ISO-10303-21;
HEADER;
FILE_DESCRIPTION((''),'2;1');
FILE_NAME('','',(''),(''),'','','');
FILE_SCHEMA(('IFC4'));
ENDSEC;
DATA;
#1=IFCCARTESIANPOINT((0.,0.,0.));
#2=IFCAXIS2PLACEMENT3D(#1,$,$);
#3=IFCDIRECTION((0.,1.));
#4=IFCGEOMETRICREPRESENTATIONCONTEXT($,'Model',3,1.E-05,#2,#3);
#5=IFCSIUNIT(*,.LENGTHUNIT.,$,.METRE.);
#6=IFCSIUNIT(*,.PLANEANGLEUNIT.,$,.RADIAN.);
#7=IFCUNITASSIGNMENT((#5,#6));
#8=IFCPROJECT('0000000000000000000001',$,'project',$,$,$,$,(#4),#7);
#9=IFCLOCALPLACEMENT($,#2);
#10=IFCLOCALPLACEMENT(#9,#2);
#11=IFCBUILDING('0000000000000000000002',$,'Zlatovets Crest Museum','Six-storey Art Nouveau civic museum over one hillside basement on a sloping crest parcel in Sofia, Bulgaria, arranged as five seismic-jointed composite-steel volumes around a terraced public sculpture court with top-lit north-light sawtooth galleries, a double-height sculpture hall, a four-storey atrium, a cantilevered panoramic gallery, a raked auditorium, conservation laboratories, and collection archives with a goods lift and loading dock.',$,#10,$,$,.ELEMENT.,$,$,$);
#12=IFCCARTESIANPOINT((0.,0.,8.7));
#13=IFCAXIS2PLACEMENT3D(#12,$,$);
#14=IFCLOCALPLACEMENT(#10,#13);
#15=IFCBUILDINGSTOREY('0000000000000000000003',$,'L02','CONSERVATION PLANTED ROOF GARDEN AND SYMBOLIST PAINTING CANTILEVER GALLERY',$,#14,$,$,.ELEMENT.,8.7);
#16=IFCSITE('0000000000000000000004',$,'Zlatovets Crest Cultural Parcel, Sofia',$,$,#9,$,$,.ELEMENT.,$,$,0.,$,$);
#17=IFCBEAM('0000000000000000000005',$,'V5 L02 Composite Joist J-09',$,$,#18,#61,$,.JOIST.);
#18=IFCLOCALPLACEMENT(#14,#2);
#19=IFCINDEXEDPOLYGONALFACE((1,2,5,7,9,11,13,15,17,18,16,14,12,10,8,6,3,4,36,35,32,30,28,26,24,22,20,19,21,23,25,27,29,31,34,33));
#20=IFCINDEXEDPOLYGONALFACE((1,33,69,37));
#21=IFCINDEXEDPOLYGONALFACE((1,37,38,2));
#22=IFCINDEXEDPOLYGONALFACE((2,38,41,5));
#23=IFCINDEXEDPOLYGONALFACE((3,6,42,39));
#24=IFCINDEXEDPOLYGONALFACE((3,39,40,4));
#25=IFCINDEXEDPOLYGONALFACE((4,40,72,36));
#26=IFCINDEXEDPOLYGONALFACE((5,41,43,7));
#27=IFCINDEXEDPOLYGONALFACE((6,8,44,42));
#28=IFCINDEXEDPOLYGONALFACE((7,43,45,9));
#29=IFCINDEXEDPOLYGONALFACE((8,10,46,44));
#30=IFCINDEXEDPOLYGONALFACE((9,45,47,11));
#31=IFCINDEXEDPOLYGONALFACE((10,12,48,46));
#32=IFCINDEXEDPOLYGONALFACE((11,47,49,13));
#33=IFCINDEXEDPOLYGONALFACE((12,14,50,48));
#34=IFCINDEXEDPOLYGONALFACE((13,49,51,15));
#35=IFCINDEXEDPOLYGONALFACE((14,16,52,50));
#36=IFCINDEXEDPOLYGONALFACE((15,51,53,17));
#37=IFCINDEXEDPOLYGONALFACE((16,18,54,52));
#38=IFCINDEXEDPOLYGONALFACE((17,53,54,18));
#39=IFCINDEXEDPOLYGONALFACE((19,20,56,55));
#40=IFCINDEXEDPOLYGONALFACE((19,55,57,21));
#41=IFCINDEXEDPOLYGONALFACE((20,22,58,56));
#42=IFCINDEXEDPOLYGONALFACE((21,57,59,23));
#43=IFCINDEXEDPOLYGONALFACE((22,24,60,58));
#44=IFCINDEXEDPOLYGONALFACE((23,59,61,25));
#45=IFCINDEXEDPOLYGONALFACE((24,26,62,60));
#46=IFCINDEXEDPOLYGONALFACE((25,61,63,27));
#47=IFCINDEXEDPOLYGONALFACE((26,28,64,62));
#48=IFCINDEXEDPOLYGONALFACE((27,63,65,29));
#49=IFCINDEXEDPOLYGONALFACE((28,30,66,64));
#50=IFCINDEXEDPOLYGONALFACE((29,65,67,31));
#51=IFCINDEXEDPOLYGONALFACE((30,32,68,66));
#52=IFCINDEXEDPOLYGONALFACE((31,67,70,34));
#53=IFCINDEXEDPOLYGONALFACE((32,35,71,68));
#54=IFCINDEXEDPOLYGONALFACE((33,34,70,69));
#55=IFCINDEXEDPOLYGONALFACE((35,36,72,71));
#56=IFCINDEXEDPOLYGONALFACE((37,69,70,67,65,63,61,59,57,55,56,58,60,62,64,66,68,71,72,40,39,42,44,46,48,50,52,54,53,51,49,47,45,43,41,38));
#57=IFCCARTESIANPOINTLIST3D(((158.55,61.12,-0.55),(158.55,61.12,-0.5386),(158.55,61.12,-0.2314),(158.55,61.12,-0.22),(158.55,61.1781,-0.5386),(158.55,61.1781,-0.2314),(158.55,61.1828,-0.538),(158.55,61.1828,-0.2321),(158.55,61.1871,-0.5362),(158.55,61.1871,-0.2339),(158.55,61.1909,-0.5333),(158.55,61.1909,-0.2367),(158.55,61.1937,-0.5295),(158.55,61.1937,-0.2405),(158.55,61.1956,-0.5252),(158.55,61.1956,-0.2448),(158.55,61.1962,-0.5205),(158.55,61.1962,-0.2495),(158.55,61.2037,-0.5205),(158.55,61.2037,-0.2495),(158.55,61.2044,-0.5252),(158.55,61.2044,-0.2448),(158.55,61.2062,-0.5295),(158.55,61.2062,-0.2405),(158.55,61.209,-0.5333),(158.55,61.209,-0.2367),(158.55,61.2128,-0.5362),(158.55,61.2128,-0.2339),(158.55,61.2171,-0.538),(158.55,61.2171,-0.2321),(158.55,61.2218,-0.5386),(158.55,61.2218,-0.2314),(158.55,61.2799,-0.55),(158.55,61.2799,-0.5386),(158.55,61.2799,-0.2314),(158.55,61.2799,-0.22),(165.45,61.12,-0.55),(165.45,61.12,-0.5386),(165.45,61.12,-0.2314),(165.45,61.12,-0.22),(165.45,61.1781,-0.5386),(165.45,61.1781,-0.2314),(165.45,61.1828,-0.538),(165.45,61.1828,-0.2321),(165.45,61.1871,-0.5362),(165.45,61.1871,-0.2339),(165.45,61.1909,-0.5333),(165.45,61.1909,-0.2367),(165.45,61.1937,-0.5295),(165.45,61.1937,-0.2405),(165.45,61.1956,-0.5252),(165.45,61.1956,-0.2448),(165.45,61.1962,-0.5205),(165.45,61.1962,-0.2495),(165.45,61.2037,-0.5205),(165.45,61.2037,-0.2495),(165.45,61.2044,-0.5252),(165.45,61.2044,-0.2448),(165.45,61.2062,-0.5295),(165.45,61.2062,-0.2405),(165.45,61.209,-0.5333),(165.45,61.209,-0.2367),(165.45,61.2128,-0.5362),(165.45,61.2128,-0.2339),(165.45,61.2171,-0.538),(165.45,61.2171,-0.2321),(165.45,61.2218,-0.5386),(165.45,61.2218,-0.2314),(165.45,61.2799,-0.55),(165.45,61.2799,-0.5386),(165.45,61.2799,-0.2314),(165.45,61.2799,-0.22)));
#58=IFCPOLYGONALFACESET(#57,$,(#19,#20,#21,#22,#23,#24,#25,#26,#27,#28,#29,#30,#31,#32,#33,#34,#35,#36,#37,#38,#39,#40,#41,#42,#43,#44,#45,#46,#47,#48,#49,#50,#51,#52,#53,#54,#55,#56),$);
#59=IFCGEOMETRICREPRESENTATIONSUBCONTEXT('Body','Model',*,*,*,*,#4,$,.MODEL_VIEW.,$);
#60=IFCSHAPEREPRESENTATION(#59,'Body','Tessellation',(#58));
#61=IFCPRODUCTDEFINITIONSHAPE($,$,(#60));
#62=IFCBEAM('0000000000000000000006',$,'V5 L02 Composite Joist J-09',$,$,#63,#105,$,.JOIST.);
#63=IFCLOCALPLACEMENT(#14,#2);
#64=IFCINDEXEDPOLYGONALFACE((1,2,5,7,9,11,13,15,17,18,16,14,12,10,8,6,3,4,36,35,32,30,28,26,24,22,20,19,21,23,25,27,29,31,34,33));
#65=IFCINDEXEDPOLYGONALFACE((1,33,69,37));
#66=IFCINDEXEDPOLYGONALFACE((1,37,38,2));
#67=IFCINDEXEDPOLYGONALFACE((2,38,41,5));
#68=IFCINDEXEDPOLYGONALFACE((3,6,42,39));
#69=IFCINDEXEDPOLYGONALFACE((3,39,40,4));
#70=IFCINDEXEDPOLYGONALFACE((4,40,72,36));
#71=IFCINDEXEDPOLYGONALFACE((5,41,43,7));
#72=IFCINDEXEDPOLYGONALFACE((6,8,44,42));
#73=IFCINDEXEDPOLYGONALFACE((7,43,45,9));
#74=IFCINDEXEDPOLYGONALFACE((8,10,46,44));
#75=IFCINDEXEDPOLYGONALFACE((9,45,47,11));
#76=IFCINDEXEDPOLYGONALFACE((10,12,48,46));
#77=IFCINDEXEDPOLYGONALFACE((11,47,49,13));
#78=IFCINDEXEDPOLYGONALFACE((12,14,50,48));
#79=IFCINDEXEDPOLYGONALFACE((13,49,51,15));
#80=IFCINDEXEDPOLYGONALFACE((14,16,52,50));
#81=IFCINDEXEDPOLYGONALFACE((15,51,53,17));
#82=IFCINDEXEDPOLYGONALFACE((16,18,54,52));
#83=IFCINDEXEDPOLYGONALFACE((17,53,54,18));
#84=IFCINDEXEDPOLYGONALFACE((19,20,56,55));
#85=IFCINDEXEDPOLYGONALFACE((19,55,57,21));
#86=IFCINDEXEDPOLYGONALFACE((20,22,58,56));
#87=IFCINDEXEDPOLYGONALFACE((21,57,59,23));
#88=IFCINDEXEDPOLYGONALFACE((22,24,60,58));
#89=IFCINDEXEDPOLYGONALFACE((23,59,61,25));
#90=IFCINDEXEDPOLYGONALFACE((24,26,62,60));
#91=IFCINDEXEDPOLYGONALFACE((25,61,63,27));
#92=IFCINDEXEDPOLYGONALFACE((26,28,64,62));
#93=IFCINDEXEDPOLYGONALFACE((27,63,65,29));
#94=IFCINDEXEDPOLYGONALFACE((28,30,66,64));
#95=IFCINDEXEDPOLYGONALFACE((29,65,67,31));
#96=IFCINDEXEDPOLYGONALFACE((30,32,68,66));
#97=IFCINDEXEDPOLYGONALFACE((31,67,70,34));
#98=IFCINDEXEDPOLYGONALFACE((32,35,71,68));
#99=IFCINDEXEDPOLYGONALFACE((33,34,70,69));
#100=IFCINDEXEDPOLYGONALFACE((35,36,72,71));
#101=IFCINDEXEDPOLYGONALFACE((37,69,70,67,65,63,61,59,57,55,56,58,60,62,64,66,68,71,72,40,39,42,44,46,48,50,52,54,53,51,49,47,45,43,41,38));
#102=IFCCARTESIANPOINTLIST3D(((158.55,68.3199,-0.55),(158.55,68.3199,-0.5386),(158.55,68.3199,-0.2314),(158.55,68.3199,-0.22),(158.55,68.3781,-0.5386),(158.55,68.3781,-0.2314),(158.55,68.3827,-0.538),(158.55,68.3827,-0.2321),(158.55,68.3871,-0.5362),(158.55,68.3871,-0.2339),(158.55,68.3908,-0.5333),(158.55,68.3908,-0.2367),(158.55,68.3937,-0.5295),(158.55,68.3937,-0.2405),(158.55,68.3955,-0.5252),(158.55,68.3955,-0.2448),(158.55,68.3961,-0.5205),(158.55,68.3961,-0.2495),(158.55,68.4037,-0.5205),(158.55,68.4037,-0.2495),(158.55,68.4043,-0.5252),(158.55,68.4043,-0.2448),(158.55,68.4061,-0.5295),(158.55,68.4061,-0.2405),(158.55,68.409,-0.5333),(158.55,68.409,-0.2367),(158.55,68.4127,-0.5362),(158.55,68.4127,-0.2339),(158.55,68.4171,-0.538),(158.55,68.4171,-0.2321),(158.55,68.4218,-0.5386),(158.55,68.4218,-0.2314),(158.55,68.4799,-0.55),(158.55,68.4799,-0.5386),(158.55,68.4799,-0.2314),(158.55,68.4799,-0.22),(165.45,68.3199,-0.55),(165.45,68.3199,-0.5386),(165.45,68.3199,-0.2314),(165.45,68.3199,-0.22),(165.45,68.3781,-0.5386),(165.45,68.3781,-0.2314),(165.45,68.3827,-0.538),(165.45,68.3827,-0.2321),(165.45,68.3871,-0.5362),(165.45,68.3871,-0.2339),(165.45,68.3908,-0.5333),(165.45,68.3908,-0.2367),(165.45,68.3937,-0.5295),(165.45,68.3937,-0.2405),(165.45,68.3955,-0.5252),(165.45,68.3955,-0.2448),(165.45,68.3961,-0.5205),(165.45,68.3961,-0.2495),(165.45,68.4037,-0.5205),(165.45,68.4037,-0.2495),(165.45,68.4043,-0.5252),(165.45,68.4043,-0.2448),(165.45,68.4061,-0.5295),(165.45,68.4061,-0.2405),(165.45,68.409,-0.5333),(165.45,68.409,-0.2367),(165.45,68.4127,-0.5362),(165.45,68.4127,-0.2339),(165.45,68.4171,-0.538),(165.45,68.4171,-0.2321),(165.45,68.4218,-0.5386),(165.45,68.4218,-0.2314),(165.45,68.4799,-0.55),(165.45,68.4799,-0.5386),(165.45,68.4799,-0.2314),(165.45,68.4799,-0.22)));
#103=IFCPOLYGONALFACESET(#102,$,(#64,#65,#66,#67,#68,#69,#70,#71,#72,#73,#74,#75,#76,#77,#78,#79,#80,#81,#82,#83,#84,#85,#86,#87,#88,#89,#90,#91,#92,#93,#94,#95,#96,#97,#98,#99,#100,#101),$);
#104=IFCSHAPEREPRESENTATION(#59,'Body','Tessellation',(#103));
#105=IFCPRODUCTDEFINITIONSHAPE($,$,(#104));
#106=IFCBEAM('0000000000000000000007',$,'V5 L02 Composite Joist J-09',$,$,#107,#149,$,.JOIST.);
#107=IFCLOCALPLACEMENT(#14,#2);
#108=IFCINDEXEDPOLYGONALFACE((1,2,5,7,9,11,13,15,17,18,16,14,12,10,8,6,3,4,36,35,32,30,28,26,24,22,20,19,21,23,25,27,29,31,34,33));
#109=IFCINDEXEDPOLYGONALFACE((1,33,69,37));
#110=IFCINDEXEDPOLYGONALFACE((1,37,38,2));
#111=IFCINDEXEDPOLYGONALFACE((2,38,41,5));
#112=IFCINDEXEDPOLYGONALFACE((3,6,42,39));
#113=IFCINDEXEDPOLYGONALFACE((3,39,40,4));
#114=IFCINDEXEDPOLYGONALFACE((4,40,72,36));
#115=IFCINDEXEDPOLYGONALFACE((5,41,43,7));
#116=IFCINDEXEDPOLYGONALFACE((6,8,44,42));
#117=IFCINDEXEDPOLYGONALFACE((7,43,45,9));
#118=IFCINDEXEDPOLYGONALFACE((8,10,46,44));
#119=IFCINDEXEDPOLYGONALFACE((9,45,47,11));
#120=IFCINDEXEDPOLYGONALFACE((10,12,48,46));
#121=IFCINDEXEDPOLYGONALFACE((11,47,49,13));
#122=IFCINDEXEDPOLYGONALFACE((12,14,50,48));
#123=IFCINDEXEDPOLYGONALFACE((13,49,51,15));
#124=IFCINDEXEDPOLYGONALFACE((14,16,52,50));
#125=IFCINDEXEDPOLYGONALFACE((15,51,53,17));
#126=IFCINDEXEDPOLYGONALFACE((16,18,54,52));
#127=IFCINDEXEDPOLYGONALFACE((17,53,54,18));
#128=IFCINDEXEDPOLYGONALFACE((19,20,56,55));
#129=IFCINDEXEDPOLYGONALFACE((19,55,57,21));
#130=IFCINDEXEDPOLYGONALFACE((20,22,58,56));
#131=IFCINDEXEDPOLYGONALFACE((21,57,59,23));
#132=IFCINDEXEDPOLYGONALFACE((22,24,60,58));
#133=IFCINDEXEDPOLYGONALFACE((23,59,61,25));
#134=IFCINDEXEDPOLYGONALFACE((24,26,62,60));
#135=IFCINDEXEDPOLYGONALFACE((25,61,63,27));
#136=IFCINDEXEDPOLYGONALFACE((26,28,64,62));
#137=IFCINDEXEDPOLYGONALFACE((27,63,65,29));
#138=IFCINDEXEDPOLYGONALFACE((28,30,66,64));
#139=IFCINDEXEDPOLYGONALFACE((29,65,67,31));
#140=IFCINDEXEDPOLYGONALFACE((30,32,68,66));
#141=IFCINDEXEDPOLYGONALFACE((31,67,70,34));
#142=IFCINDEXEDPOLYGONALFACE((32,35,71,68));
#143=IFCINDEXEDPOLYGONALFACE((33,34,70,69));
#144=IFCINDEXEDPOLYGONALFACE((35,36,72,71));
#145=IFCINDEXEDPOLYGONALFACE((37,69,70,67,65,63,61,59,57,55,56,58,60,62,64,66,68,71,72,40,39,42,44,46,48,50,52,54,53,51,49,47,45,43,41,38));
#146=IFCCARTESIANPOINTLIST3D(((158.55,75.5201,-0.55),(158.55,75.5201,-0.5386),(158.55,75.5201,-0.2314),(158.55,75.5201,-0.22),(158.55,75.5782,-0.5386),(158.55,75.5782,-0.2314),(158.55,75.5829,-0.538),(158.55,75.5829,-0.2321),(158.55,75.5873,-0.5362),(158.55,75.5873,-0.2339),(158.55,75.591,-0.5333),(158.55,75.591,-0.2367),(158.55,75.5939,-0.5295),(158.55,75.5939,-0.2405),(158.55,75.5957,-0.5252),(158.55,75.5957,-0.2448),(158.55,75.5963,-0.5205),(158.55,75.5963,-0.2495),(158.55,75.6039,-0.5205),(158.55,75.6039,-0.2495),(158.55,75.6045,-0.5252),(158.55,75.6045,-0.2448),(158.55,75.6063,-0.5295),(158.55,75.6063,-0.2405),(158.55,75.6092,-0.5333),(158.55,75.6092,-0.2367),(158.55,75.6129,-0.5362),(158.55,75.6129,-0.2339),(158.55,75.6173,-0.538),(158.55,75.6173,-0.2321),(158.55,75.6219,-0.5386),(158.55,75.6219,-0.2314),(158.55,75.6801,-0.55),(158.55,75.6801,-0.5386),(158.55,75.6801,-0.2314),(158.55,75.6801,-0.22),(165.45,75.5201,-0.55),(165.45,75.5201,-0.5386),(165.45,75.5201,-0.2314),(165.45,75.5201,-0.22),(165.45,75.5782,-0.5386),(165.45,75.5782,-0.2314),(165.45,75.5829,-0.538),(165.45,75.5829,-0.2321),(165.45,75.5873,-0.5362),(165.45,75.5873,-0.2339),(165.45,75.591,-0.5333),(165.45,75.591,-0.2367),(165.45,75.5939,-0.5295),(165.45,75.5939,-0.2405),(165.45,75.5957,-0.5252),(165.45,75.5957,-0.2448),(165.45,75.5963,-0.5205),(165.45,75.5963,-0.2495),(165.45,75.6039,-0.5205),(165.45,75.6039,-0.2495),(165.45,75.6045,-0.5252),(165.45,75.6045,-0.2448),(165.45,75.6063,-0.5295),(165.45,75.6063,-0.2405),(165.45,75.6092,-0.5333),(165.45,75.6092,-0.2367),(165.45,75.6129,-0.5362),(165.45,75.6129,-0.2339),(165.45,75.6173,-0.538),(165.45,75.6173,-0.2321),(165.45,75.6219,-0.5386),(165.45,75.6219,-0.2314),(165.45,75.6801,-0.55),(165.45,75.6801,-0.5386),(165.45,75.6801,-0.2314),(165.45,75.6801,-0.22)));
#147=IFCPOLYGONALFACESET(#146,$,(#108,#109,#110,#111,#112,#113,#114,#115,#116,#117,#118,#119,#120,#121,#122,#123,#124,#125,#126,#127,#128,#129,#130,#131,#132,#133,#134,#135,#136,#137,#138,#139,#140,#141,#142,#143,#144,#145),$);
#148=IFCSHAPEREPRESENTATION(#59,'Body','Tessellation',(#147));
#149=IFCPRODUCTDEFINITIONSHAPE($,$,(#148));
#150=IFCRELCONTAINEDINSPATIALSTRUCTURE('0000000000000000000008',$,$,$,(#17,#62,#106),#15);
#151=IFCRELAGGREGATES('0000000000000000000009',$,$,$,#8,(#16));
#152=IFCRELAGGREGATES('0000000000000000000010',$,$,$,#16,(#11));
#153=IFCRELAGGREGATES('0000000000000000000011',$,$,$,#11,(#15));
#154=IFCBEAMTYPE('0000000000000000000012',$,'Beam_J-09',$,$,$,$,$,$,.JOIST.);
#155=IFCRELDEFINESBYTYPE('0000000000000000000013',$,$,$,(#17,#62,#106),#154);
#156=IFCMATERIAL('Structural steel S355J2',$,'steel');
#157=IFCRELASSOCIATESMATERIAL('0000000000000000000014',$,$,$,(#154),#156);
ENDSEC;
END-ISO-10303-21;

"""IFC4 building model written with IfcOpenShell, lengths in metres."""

from ifc_helpers import new_model, si_unit, direction, frame, origin, origin_2d, place, context, subcontext, project, spatial, i_section, extrude, material, material_profile, profile_set, type_object, element, save


model = new_model("IFC4")

# Units and contexts
model_context = context("Model", 3, precision=1e-05, world=origin(), true_north=direction((0.0, 1.0)))
body_context = subcontext(model_context, "Body", "Model", "MODEL_VIEW")
ifc_project = project(units=[si_unit("LENGTHUNIT", "METRE"), si_unit("PLANEANGLEUNIT", "RADIAN")], contexts=[model_context])

# Site, building, storey
site_placement = place(None, origin())
site = spatial("IfcSite", under=ifc_project, at=site_placement, Name="Zlatovets Crest Cultural Parcel, Sofia", CompositionType="ELEMENT", RefElevation=0.0)
building_placement = place(site_placement, origin())
building = spatial("IfcBuilding", under=site, at=building_placement, Name="Zlatovets Crest Museum", Description="Six-storey Art Nouveau civic museum over one hillside basement on a sloping crest parcel in Sofia, Bulgaria, arranged as five seismic-jointed composite-steel volumes around a terraced public sculpture court with top-lit north-light sawtooth galleries, a double-height sculpture hall, a four-storey atrium, a cantilevered panoramic gallery, a raked auditorium, conservation laboratories, and collection archives with a goods lift and loading dock.", CompositionType="ELEMENT")
storey_placement = place(building_placement, frame((0.0, 0.0, 8.7)))
storey = spatial("IfcBuildingStorey", under=building, at=storey_placement, Name="L02", Description="CONSERVATION PLANTED ROOF GARDEN AND SYMBOLIST PAINTING CANTILEVER GALLERY", CompositionType="ELEMENT", Elevation=8.7)

# Shared definitions
ifc_material_1 = material(Name="Structural steel S355J2", Category="steel")

# Beams
ifc_material_profile_1 = material_profile(ifc_material_1, i_section(OverallWidth=0.1599, OverallDepth=0.3301, WebThickness=0.0076, FlangeThickness=0.0115, FilletRadius=0.0181, at=origin_2d()), Name="IPE 330")
ifc_profile_set_1 = profile_set([ifc_material_profile_1], Name="Structural steel S355J2")
beam_type_1 = type_object("IfcBeamType", Name="Beam_J-09", PredefinedType="JOIST", material=ifc_profile_set_1)
for number, where, z_axis, x_axis, name in (
    (1, (158.55, 61.2, -0.385), (1.0, 0.0, 0.0), (0.0, 1.0, 0.0), "V5 L02 Composite Joist J-09"),
    (2, (158.55, 68.3999, -0.385), (1.0, 0.0, 0.0), (0.0, 1.0, 0.0), "V5 L02 Composite Joist J-09"),
    (3, (158.55, 75.6001, -0.385), (1.0, 0.0, 0.0), (0.0, 1.0, 0.0), "V5 L02 Composite Joist J-09"),
):
    element("IfcBeam", number, at=place(storey_placement, frame(where, z_axis=z_axis, x_axis=x_axis)), inside=storey, type_object=beam_type_1, Name=name, PredefinedType="JOIST", context=body_context, shape_type="SweptSolid", body=[
        extrude(i_section(OverallWidth=0.1599, OverallDepth=0.3301, WebThickness=0.0076, FlangeThickness=0.0115, FilletRadius=0.0181, at=origin_2d()), origin(), (0.0, 0.0, 1.0), 6.8999),
    ])

save(model, "model.ifc")
